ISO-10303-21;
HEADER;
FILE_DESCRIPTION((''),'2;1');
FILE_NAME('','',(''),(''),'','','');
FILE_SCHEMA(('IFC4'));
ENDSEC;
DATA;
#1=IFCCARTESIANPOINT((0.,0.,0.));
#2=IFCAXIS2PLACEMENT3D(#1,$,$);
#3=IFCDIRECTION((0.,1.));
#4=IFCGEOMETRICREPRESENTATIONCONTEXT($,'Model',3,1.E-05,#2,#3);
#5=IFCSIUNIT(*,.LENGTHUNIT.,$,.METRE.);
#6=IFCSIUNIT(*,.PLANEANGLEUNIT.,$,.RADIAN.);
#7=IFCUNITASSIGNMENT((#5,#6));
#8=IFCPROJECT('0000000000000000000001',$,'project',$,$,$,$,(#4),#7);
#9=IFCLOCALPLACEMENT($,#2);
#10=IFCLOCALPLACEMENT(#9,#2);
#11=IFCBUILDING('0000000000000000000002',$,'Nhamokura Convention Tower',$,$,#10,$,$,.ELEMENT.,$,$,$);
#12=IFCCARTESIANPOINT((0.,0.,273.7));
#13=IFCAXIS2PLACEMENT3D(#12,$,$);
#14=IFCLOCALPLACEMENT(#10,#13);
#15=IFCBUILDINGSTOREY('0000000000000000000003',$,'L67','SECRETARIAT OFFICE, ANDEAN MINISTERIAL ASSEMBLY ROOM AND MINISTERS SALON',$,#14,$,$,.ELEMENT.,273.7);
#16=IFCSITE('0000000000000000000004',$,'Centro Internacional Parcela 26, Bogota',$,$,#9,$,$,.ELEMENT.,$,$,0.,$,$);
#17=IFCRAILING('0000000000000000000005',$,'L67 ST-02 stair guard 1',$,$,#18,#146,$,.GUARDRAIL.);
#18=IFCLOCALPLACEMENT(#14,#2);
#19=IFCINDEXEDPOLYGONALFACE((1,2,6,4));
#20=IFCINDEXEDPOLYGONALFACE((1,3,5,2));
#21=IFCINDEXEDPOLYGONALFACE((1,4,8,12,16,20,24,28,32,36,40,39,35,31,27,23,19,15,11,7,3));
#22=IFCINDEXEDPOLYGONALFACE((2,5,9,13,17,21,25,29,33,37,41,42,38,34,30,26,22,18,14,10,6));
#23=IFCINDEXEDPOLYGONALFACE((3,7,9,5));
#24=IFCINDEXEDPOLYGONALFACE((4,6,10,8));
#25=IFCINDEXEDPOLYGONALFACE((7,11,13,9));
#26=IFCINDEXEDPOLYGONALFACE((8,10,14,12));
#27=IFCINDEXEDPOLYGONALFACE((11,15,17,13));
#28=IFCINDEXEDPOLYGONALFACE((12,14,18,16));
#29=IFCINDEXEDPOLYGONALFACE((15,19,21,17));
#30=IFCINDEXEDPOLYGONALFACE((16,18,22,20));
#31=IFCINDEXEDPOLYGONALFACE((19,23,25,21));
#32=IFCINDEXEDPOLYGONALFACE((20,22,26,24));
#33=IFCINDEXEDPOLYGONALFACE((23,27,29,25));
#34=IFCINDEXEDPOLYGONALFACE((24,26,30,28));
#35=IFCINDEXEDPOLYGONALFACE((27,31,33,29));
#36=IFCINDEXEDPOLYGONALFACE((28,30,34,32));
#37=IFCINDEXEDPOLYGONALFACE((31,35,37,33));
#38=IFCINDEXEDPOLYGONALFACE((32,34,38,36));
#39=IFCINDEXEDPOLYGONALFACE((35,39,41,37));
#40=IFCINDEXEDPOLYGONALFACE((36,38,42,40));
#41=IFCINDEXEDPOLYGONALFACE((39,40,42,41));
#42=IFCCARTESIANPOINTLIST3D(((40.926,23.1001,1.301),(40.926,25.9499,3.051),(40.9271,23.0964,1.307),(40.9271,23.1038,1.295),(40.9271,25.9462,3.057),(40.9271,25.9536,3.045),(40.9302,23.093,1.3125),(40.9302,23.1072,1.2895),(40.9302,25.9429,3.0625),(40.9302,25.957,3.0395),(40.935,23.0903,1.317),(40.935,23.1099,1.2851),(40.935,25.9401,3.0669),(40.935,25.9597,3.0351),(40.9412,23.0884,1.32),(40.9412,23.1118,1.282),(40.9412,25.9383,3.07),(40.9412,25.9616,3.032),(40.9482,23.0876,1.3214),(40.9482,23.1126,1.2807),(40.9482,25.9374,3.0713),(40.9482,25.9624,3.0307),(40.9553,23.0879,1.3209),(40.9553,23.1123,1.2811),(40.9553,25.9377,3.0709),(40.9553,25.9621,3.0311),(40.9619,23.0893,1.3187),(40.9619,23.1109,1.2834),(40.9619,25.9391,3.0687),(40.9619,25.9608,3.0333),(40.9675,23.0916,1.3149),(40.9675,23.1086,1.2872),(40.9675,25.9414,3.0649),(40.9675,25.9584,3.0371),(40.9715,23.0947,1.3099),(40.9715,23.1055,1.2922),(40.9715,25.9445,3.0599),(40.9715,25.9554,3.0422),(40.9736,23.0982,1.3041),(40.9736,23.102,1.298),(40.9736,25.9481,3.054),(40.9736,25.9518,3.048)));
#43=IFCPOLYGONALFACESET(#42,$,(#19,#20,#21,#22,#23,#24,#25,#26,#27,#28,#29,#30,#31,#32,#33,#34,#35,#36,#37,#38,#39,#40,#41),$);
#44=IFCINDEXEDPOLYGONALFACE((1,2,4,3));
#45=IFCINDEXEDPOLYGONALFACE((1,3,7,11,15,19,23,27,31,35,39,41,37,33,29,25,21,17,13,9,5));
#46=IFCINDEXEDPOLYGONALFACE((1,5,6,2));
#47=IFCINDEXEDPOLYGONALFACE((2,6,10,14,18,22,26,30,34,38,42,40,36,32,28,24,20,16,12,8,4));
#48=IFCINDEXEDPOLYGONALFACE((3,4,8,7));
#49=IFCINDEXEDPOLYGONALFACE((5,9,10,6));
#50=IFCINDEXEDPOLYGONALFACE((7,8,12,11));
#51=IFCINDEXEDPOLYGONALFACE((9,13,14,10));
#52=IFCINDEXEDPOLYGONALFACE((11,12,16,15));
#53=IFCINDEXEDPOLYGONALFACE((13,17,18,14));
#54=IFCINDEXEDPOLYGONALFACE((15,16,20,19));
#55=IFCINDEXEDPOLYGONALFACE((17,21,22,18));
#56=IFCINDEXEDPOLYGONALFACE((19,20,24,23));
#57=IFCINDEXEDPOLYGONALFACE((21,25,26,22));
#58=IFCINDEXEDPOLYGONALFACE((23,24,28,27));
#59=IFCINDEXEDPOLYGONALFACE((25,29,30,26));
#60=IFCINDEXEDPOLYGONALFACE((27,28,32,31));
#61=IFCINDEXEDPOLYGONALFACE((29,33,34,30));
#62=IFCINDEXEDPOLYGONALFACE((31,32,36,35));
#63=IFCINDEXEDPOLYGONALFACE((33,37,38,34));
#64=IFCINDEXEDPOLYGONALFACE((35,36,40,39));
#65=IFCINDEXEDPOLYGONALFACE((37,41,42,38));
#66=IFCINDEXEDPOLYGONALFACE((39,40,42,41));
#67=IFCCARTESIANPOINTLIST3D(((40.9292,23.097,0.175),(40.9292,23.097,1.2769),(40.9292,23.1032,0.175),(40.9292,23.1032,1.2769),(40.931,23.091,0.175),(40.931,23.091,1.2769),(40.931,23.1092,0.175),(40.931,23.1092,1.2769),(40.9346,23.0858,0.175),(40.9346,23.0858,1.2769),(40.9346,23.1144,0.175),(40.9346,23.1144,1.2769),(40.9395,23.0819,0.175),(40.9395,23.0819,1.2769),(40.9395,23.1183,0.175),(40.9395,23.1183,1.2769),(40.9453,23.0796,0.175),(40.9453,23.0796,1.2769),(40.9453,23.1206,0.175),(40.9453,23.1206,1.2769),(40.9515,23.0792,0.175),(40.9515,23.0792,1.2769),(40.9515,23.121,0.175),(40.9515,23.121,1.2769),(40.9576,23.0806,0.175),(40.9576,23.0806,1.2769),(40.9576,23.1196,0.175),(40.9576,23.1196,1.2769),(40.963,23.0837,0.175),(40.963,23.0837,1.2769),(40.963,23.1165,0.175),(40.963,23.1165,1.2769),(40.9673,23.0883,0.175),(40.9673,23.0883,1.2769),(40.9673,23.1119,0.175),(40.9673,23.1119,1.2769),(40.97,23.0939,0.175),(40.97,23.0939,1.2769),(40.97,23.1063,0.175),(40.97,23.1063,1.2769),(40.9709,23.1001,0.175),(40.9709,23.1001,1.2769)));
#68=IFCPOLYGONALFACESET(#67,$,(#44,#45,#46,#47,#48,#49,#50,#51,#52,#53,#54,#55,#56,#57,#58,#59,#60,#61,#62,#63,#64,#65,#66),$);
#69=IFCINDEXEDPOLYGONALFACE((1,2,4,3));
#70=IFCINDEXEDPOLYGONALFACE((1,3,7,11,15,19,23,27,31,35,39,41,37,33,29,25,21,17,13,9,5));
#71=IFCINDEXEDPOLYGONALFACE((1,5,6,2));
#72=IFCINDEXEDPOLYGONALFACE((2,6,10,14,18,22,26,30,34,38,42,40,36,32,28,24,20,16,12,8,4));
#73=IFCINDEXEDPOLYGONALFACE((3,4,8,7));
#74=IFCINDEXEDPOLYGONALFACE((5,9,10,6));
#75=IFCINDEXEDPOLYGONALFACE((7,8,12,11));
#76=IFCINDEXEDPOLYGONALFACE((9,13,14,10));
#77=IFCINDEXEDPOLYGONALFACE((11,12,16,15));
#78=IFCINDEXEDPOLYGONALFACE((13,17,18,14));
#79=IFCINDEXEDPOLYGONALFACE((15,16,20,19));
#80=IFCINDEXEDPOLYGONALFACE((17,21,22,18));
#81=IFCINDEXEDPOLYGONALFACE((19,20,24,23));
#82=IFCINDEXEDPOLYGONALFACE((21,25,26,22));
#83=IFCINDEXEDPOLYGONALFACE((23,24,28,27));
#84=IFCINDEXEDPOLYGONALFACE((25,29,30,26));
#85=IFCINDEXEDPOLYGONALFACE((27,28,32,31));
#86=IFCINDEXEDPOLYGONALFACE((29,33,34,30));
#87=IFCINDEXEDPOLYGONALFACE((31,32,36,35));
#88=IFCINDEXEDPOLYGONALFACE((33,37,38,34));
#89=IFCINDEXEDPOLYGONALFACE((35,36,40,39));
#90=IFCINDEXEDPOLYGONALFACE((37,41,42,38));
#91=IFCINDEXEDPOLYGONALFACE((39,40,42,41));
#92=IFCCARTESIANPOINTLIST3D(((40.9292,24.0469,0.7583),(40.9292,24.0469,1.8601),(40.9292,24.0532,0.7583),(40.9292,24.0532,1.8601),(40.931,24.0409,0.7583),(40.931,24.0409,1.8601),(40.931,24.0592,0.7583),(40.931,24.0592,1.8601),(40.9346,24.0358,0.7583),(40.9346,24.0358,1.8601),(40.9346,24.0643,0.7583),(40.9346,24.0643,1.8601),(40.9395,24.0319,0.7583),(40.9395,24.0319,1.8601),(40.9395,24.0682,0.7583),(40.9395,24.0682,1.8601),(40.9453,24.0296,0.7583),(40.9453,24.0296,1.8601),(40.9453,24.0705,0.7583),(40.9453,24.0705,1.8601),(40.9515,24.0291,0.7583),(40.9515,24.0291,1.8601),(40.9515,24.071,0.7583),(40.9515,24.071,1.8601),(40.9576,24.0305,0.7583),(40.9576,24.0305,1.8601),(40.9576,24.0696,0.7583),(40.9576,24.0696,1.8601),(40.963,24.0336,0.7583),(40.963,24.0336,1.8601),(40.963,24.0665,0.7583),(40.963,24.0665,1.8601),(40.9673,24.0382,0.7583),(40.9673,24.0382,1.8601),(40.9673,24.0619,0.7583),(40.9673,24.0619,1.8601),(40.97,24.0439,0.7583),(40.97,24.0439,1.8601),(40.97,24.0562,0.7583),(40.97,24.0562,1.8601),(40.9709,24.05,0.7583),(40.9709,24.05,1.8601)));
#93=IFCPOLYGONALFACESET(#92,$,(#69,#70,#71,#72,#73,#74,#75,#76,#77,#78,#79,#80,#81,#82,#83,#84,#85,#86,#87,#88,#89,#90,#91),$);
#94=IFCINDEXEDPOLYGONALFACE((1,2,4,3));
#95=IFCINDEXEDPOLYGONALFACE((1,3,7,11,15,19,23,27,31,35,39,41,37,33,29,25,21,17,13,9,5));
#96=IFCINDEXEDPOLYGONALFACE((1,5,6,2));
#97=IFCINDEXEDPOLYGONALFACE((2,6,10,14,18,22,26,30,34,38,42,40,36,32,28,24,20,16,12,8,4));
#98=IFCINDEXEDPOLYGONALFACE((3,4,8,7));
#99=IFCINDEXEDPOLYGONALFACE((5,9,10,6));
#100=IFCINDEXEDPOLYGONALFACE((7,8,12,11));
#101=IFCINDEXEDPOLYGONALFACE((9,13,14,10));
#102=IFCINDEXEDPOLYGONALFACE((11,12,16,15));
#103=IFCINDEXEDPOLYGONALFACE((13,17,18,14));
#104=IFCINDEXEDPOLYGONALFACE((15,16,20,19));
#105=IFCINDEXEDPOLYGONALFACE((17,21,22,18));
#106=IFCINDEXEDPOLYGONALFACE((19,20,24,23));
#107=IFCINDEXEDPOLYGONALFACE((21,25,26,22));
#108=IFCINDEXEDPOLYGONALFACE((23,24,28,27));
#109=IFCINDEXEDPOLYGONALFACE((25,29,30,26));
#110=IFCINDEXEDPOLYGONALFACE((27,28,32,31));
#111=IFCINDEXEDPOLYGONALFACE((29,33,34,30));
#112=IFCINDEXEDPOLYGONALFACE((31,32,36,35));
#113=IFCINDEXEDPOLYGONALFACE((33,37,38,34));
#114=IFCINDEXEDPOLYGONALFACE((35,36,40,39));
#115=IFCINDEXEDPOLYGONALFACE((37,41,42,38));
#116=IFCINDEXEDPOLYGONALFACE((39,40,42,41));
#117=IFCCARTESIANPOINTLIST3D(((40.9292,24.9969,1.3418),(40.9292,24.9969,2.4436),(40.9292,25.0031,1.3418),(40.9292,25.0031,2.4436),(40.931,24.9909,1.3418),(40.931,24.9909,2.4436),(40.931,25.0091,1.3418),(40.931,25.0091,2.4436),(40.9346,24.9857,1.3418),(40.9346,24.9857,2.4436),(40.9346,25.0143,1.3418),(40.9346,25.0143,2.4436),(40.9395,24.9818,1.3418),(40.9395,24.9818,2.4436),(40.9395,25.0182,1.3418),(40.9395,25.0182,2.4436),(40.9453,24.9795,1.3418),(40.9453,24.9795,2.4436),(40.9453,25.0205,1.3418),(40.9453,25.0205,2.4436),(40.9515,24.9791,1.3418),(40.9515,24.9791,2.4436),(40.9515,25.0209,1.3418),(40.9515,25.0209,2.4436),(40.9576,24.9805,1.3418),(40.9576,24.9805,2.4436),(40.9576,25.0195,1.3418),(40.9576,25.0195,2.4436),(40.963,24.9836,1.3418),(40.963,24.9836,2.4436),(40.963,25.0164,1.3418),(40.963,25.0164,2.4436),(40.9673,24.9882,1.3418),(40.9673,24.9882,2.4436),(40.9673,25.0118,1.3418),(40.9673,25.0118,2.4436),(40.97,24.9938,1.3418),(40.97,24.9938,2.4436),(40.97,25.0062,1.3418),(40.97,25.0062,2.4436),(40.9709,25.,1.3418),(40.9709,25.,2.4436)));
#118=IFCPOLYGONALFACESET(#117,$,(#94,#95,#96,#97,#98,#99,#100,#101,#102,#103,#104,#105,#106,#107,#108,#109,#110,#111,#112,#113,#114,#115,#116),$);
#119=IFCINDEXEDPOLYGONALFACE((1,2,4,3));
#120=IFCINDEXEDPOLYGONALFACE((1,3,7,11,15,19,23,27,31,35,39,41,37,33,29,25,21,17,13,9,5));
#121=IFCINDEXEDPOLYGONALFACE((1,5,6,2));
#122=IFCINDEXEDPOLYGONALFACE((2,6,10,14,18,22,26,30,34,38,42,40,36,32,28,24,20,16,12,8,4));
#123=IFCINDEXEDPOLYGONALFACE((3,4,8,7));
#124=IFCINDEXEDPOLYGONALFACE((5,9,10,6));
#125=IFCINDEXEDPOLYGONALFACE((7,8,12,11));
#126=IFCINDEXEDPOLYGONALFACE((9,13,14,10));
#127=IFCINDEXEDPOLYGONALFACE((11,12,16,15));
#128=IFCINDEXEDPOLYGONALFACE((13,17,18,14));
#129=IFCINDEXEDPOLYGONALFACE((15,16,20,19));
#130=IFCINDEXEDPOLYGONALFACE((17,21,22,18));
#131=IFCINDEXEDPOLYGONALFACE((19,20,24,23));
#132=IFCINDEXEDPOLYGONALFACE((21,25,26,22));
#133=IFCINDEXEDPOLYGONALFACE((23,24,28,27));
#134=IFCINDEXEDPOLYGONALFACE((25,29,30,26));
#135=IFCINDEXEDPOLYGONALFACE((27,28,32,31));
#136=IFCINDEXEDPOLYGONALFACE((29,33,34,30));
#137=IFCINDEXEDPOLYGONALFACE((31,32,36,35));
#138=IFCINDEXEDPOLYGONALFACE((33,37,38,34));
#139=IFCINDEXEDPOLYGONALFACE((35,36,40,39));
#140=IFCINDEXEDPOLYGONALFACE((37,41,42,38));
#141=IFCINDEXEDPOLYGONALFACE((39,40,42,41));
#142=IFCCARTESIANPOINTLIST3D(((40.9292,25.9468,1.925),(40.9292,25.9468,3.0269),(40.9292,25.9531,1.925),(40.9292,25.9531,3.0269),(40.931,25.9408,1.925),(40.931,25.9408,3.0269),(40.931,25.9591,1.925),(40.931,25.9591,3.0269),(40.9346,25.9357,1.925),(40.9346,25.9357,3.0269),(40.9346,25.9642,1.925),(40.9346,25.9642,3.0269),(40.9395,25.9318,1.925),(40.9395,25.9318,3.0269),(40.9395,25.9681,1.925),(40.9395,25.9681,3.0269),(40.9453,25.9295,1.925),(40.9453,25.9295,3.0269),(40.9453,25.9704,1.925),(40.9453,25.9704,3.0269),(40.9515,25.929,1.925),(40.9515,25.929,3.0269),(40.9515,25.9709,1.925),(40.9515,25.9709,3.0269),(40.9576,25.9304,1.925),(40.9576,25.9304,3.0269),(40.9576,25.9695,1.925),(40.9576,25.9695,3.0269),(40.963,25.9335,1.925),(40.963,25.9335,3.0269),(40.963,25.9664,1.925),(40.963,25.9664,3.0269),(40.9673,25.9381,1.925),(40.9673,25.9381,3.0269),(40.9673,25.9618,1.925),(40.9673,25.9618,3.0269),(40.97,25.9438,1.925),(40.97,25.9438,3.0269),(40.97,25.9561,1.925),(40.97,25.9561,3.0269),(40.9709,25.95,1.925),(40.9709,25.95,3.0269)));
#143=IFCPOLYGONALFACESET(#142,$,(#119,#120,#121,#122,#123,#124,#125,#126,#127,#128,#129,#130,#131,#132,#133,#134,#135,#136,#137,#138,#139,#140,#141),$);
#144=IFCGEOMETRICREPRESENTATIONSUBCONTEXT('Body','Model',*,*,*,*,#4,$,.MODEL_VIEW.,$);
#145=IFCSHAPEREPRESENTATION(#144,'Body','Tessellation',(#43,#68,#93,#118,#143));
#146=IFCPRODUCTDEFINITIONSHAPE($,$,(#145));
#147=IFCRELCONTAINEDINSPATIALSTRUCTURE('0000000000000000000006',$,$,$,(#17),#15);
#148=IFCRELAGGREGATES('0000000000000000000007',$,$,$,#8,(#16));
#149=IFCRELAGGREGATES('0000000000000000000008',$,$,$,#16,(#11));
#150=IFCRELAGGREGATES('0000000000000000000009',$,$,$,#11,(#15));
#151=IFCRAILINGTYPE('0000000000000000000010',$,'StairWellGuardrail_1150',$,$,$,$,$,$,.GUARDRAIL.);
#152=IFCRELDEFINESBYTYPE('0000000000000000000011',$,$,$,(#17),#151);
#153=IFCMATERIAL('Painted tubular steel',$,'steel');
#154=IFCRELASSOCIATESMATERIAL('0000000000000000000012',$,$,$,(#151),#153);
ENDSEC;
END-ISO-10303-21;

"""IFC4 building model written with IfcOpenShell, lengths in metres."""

from ifc_helpers import new_model, si_unit, direction, frame, origin, origin_2d, place, context, subcontext, project, spatial, circle, extrude, material, type_object, element, save


model = new_model("IFC4")

# Units and contexts
model_context = context("Model", 3, precision=1e-05, world=origin(), true_north=direction((0.0, 1.0)))
body_context = subcontext(model_context, "Body", "Model", "MODEL_VIEW")
ifc_project = project(units=[si_unit("LENGTHUNIT", "METRE"), si_unit("PLANEANGLEUNIT", "RADIAN")], contexts=[model_context])

# Site, building, storey
site_placement = place(None, origin())
site = spatial("IfcSite", under=ifc_project, at=site_placement, Name="Centro Internacional Parcela 26, Bogota", CompositionType="ELEMENT", RefElevation=0.0)
building_placement = place(site_placement, origin())
building = spatial("IfcBuilding", under=site, at=building_placement, Name="Nhamokura Convention Tower", CompositionType="ELEMENT")
storey_placement = place(building_placement, frame((0.0, 0.0, 273.7)))
storey = spatial("IfcBuildingStorey", under=building, at=storey_placement, Name="L67", Description="SECRETARIAT OFFICE, ANDEAN MINISTERIAL ASSEMBLY ROOM AND MINISTERS SALON", CompositionType="ELEMENT", Elevation=273.7)

# Railing
ifc_material_1 = material(Name="Painted tubular steel", Category="steel")
railing_type_1 = type_object("IfcRailingType", Name="StairWellGuardrail_1150", PredefinedType="GUARDRAIL", material=ifc_material_1)
railing_1_placement = place(storey_placement, frame((40.95, 23.1001, 0.175)))
element("IfcRailing", 1, at=railing_1_placement, inside=storey, type_object=railing_type_1, Name="L67 ST-02 stair guard 1", PredefinedType="GUARDRAIL", context=body_context, shape_type="SweptSolid", body=[
    extrude(circle(Radius=0.0239, at=origin_2d()), frame((0.0, 0.0, 1.126), z_axis=(0.0, 0.852159, 0.523283), x_axis=(-1.0, 0.0, 0.0)), (0.0, 0.0, 1.0), 3.3442),
    extrude(circle(Radius=0.021, at=origin_2d()), origin(), (0.0, 0.0, 1.0), 1.1018),
    extrude(circle(Radius=0.021, at=origin_2d()), frame((0.0, 0.95, 0.5833)), (0.0, 0.0, 1.0), 1.1018),
    extrude(circle(Radius=0.021, at=origin_2d()), frame((0.0, 1.8999, 1.1667)), (0.0, 0.0, 1.0), 1.1018),
    extrude(circle(Radius=0.021, at=origin_2d()), frame((0.0, 2.8499, 1.75)), (0.0, 0.0, 1.0), 1.1018),
])

save(model, "model.ifc")
